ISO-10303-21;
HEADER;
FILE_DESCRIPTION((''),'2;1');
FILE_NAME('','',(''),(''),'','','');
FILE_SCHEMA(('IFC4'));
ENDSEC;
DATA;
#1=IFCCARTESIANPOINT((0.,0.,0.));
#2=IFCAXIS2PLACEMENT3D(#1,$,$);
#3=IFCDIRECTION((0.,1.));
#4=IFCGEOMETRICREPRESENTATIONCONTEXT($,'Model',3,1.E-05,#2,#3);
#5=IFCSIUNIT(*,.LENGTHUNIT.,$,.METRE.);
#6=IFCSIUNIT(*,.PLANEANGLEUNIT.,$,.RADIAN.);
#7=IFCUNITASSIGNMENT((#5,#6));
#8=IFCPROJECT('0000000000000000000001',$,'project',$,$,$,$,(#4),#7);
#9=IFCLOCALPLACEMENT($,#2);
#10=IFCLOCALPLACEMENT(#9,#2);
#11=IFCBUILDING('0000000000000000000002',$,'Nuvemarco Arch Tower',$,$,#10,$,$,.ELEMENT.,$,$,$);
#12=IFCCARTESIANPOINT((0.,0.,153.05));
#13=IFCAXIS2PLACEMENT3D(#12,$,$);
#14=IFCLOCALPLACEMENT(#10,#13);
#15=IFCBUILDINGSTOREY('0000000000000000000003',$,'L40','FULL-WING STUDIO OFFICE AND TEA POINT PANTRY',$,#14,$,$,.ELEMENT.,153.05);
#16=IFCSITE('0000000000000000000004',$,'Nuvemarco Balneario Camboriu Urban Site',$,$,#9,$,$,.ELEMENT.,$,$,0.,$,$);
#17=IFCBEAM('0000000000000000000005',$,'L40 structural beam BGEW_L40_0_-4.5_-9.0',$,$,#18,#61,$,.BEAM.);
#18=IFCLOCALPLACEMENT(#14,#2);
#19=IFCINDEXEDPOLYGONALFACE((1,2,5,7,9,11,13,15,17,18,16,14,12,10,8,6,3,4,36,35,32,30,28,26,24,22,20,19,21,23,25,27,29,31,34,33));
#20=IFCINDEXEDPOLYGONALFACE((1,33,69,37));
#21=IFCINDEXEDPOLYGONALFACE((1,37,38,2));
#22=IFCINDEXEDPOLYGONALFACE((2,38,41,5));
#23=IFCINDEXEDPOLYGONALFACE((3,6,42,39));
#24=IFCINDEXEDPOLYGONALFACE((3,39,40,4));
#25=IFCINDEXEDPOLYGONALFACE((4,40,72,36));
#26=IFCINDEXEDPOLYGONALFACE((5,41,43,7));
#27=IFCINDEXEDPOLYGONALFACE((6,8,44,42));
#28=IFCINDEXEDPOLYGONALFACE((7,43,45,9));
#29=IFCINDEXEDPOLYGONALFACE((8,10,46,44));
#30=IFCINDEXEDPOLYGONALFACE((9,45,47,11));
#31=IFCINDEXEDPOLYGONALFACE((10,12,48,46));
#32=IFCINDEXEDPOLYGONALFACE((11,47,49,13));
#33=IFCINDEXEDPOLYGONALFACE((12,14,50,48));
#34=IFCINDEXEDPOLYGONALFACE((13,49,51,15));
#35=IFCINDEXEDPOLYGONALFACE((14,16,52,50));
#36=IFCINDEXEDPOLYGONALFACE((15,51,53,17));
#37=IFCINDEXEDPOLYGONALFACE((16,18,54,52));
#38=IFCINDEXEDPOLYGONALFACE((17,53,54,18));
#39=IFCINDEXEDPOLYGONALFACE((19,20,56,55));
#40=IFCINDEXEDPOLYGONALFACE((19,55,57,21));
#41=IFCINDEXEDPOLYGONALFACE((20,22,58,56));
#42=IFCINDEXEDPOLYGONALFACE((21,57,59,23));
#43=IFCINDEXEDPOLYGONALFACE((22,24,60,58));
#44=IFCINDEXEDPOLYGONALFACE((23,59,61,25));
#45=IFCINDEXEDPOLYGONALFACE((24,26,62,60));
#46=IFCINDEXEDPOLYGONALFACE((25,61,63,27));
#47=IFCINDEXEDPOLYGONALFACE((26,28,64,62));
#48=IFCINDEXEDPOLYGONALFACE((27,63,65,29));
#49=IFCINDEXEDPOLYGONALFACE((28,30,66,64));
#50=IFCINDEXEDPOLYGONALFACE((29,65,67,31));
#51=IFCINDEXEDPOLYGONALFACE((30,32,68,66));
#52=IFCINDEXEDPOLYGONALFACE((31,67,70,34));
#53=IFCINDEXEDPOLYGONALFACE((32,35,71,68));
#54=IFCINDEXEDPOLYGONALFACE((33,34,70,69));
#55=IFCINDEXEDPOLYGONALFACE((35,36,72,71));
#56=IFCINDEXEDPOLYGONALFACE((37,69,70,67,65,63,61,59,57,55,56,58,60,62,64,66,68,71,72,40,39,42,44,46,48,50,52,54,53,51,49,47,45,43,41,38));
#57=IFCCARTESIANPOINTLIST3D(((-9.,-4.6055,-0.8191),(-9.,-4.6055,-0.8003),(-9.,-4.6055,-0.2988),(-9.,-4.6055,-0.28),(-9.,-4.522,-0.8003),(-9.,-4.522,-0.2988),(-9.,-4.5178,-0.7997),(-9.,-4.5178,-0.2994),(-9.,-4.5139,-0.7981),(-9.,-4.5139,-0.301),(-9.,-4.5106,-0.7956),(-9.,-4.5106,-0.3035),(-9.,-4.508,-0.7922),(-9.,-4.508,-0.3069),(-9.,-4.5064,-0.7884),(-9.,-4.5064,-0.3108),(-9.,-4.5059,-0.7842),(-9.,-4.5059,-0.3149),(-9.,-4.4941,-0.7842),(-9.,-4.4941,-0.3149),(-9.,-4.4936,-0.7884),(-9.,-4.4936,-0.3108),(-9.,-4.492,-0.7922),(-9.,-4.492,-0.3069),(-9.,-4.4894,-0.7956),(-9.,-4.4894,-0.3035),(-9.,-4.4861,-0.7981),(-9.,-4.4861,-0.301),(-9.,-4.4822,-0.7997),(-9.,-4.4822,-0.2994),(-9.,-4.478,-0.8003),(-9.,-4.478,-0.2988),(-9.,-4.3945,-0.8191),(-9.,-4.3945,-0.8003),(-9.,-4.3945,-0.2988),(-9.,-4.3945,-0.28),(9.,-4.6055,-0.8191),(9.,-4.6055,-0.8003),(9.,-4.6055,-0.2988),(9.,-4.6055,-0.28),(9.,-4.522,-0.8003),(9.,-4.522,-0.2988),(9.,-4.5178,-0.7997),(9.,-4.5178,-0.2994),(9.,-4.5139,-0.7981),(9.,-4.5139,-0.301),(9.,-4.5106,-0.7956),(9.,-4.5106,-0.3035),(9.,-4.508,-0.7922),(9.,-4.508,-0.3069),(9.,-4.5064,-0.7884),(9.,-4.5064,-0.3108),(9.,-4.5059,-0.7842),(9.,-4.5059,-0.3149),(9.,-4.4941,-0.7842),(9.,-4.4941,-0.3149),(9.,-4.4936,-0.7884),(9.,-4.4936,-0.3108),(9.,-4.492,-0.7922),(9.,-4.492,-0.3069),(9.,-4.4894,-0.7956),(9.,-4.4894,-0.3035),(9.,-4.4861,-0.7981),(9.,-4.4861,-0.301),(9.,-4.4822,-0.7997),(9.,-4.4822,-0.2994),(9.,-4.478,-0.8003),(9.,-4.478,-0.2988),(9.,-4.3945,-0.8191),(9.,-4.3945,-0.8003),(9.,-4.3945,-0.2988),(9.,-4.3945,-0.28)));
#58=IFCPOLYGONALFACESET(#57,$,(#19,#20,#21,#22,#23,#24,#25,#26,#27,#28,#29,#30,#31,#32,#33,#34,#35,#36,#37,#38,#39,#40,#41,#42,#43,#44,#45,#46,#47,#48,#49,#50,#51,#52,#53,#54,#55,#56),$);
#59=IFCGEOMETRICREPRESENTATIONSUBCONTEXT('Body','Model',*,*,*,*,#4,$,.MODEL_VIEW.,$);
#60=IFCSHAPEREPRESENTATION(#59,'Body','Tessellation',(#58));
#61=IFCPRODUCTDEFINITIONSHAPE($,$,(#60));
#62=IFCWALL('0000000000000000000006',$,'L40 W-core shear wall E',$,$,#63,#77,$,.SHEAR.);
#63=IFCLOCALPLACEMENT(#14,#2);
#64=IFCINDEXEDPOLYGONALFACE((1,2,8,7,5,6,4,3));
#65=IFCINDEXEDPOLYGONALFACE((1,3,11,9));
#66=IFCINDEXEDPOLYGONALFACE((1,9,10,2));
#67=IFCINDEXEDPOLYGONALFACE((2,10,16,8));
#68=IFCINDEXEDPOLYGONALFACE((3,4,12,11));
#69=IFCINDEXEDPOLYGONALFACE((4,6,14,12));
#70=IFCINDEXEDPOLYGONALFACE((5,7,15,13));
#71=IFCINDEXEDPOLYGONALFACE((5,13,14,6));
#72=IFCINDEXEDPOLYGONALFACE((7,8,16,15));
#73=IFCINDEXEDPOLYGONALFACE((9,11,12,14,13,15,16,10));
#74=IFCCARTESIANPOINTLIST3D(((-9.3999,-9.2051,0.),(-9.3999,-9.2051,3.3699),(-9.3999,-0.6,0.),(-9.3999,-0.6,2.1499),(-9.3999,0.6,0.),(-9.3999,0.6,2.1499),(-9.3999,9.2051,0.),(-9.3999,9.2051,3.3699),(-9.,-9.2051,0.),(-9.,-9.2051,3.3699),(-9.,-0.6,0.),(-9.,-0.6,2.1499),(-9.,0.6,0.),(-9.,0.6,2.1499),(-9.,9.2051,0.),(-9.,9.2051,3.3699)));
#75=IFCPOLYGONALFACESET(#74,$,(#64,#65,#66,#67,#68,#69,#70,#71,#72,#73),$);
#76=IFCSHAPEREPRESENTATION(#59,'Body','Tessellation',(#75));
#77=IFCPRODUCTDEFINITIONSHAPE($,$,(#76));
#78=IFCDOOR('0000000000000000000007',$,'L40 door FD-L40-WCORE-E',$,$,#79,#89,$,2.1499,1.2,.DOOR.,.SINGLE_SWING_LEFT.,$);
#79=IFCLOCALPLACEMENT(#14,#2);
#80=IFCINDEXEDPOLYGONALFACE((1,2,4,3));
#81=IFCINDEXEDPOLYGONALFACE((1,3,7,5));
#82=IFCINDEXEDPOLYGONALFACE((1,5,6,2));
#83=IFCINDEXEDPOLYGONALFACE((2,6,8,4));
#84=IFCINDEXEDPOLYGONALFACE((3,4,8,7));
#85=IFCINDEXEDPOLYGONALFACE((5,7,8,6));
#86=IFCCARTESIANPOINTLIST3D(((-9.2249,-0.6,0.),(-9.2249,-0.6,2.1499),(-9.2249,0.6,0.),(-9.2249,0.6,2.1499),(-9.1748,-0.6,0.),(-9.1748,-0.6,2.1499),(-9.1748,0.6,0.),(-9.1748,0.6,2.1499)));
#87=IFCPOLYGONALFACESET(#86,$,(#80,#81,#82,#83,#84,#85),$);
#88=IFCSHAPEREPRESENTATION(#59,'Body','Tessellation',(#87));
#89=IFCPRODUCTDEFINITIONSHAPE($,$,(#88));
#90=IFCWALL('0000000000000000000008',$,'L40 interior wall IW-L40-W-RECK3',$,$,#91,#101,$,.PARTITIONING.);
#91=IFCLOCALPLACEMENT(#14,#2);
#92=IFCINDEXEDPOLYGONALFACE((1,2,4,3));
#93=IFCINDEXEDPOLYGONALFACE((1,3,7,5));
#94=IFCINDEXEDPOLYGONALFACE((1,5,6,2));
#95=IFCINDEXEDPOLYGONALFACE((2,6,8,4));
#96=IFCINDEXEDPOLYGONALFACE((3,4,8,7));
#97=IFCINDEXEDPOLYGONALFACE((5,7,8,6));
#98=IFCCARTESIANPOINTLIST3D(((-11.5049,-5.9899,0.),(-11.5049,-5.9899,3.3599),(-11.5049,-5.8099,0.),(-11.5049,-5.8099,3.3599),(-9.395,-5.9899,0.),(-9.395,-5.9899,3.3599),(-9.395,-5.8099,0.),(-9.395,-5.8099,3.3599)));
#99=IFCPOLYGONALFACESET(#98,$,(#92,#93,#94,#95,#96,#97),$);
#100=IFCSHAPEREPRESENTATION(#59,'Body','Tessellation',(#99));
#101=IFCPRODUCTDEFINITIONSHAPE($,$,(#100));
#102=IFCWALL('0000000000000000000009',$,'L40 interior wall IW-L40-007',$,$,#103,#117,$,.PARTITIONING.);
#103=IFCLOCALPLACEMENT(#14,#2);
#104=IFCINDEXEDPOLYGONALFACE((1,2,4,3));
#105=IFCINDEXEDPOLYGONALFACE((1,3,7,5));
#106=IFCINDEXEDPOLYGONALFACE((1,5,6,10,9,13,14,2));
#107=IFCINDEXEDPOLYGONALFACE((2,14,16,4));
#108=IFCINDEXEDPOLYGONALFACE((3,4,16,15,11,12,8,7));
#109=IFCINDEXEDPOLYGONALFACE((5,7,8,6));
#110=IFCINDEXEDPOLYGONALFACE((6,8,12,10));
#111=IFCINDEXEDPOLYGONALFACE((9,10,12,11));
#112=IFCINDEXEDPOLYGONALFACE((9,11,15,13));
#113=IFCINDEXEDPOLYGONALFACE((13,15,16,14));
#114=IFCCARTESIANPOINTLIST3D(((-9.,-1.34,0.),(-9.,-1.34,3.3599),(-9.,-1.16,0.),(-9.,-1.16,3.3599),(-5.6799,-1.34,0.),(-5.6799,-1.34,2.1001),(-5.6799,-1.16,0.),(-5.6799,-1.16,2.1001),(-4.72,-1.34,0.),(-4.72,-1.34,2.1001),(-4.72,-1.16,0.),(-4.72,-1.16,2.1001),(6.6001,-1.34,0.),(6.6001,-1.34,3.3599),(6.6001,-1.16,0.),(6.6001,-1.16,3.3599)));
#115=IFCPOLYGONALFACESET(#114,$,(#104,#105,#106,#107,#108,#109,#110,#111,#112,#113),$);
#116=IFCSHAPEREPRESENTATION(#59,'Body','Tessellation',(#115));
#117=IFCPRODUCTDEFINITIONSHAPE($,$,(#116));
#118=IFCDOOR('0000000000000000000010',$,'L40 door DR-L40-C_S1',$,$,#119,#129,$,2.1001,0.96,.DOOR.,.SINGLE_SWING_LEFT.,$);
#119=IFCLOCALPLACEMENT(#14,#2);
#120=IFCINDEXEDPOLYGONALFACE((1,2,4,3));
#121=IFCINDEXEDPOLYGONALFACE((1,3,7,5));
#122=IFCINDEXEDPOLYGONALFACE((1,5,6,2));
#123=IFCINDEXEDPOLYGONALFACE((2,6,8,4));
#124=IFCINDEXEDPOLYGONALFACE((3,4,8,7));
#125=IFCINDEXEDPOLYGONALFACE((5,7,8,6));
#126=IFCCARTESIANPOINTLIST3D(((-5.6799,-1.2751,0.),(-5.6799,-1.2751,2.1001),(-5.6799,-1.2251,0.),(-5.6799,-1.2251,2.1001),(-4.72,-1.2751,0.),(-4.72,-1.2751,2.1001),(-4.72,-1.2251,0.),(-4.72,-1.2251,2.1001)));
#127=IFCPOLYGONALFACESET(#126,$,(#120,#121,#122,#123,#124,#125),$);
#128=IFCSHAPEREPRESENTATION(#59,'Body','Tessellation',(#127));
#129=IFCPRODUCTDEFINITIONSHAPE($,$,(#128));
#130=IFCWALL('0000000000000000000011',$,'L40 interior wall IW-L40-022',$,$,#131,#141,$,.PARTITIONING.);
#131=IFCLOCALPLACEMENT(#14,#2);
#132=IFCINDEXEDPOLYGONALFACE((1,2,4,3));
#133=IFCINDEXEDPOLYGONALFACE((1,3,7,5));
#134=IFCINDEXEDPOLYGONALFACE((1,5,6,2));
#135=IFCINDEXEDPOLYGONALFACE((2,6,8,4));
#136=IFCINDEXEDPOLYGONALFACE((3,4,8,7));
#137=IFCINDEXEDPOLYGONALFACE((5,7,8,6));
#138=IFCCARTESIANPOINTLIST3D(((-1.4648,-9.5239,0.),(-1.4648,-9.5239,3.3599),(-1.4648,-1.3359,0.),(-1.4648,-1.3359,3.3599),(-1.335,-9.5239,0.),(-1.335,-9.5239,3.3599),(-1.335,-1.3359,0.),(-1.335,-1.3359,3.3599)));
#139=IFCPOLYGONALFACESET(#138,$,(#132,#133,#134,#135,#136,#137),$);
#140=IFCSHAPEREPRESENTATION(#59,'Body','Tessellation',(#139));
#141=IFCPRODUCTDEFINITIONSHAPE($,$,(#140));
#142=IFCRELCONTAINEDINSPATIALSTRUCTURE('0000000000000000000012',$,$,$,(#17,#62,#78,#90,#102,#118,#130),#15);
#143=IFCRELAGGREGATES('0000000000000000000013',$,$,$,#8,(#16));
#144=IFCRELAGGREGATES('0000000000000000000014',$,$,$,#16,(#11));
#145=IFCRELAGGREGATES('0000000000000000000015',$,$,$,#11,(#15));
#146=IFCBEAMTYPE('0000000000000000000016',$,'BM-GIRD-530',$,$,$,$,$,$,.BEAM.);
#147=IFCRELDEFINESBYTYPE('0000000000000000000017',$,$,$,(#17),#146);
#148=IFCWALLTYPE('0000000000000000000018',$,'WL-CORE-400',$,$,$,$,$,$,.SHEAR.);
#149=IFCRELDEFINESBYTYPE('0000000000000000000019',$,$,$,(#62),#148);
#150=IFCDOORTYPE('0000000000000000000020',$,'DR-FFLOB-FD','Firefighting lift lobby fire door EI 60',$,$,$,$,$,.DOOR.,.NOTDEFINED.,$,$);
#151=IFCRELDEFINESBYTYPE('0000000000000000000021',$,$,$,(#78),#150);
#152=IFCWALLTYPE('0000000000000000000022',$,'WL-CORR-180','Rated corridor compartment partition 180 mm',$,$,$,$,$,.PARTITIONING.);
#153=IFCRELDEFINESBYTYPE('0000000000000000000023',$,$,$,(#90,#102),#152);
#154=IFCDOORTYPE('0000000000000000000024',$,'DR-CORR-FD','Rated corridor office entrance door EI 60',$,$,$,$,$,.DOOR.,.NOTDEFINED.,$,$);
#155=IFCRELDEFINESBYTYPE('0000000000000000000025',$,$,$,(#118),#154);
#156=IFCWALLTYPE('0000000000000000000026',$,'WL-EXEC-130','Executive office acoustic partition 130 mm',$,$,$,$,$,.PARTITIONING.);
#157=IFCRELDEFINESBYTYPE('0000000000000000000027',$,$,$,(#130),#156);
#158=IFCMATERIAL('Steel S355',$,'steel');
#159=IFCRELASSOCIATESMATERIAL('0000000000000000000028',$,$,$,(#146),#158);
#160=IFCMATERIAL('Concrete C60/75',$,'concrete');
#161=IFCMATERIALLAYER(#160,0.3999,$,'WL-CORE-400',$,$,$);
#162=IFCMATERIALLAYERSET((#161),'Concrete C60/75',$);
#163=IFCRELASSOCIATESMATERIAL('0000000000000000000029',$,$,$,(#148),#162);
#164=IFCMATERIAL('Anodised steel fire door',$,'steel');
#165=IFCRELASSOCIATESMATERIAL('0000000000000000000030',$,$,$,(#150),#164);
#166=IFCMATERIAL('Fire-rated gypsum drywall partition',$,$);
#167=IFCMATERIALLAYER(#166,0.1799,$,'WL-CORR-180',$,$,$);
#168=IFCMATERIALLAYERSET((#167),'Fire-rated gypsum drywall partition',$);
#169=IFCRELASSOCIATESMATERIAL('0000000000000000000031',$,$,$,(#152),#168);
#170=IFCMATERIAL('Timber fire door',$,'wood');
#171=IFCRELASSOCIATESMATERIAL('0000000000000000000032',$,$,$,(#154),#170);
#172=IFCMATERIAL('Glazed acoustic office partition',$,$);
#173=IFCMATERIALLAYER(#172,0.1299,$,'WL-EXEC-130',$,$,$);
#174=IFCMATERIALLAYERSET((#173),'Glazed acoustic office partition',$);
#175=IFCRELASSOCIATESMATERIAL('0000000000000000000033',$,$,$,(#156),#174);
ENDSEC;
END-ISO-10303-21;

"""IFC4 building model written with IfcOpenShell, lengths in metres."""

from ifc_helpers import new_model, si_unit, direction, frame, frame_2d, origin, origin_2d, place, context, subcontext, project, spatial, rectangle, i_section, extrude, source, transform, mapped, material, layer, layer_set, material_profile, profile_set, type_object, type_shapes, element, fill, save


model = new_model("IFC4")

# Units and contexts
model_context = context("Model", 3, precision=1e-05, world=origin(), true_north=direction((0.0, 1.0)))
body_context = subcontext(model_context, "Body", "Model", "MODEL_VIEW")
ifc_project = project(units=[si_unit("LENGTHUNIT", "METRE"), si_unit("PLANEANGLEUNIT", "RADIAN")], contexts=[model_context])

# Site, building, storey
site_placement = place(None, origin())
site = spatial("IfcSite", under=ifc_project, at=site_placement, Name="Nuvemarco Balneario Camboriu Urban Site", CompositionType="ELEMENT", RefElevation=0.0)
building_placement = place(site_placement, origin())
building = spatial("IfcBuilding", under=site, at=building_placement, Name="Nuvemarco Arch Tower", CompositionType="ELEMENT")
storey_placement = place(building_placement, frame((0.0, 0.0, 153.05)))
storey = spatial("IfcBuildingStorey", under=building, at=storey_placement, Name="L40", Description="FULL-WING STUDIO OFFICE AND TEA POINT PANTRY", CompositionType="ELEMENT", Elevation=153.05)

# Shared definitions
ifc_material_1 = material(Name="Steel S355", Category="steel")

# Beam
ifc_material_2 = material(Name="Concrete C60/75", Category="concrete")
ifc_material_profile_1 = material_profile(ifc_material_1, i_section(OverallWidth=0.2109, OverallDepth=0.5391, WebThickness=0.0117, FlangeThickness=0.0188, FilletRadius=0.0161, at=origin_2d()), Name="W530x109")
ifc_profile_set_1 = profile_set([ifc_material_profile_1], Name="Steel S355")
beam_type_1 = type_object("IfcBeamType", Name="BM-GIRD-530", PredefinedType="BEAM", material=ifc_profile_set_1)
beam_1_placement = place(storey_placement, frame((-9.0, -4.5, -0.5496), z_axis=(1.0, 0.0, 0.0), x_axis=(0.0, 1.0, 0.0)))
element("IfcBeam", 1, at=beam_1_placement, inside=storey, type_object=beam_type_1, Name="L40 structural beam BGEW_L40_0_-4.5_-9.0", PredefinedType="BEAM", context=body_context, shape_type="SweptSolid", body=[
    extrude(i_section(OverallWidth=0.2109, OverallDepth=0.5391, WebThickness=0.0117, FlangeThickness=0.0188, FilletRadius=0.0161, at=origin_2d()), origin(), (0.0, 0.0, 1.0), 18.0),
])

# Wall, opening, door
ifc_layer_1 = layer(ifc_material_2, 0.3999, Name="WL-CORE-400")
ifc_layer_set_1 = layer_set([ifc_layer_1], Name="Concrete C60/75")
wall_type_1 = type_object("IfcWallType", Name="WL-CORE-400", PredefinedType="SHEAR", material=ifc_layer_set_1)
wall_1_placement = place(storey_placement, frame((-9.2, -9.2051, 0.0), z_axis=(0.0, 0.0, 1.0), x_axis=(0.0, 1.0, 0.0)))
wall_1 = element("IfcWall", 2, at=wall_1_placement, inside=storey, type_object=wall_type_1, Name="L40 W-core shear wall E", PredefinedType="SHEAR", context=body_context, shape_type="SweptSolid", body=[
    extrude(rectangle(XDim=18.4102, YDim=0.3999, at=frame_2d((9.2051, 0.0))), origin(), (0.0, 0.0, 1.0), 3.3699),
])
opening_1_placement = place(wall_1_placement, frame((8.605, 0.0, 0.0)))
opening_1 = element("IfcOpeningElement", 3, at=opening_1_placement, cuts=wall_1, PredefinedType="OPENING", context=body_context, shape_type="SweptSolid", body=[
    extrude(rectangle(XDim=1.2, YDim=2.1499, at=frame_2d((0.6001, 1.075))), frame((0.0, 0.21, 0.0), z_axis=(0.0, -1.0, 0.0), x_axis=(1.0, 0.0, 0.0)), (0.0, 0.0, 1.0), 0.4199),
])
ifc_material_3 = material(Name="Anodised steel fire door", Category="steel")
door_type_1 = type_object("IfcDoorType", Name="DR-FFLOB-FD", Description="Firefighting lift lobby fire door EI 60", OperationType="NOTDEFINED", PredefinedType="DOOR", material=ifc_material_3)
shared_shape_1 = source(origin(), body_context, "Body", "SweptSolid", [
    extrude(rectangle(XDim=1.2, YDim=2.1499, at=frame_2d((0.6001, 1.075))), frame((0.0, 0.0249, 0.0), z_axis=(0.0, -1.0, 0.0), x_axis=(1.0, 0.0, 0.0)), (0.0, 0.0, 1.0), 0.05),
])
type_shapes(door_type_1, [shared_shape_1])
door_1_placement = place(opening_1_placement, origin())
door_1 = element("IfcDoor", 4, at=door_1_placement, inside=storey, type_object=door_type_1, Name="L40 door FD-L40-WCORE-E", OperationType="SINGLE_SWING_LEFT", OverallHeight=2.1499, OverallWidth=1.2, PredefinedType="DOOR", context=body_context, shape_type="MappedRepresentation", body=[
    mapped(shared_shape_1, transform((0.0, 0.0, 0.0), scale=1.0)),
])
fill(opening_1, door_1)

# Wall
ifc_material_4 = material(Name="Fire-rated gypsum drywall partition")
ifc_layer_2 = layer(ifc_material_4, 0.1799, Name="WL-CORR-180")
ifc_layer_set_2 = layer_set([ifc_layer_2], Name="Fire-rated gypsum drywall partition")
wall_type_2 = type_object("IfcWallType", Name="WL-CORR-180", Description="Rated corridor compartment partition 180 mm", PredefinedType="PARTITIONING", material=ifc_layer_set_2)
wall_2_placement = place(storey_placement, frame((-11.5049, -5.8999, 0.0), z_axis=(0.0, 0.0, 1.0), x_axis=(1.0, 0.0, 0.0)))
element("IfcWall", 5, at=wall_2_placement, inside=storey, type_object=wall_type_2, Name="L40 interior wall IW-L40-W-RECK3", PredefinedType="PARTITIONING", context=body_context, shape_type="SweptSolid", body=[
    extrude(rectangle(XDim=2.1099, YDim=0.1799, at=frame_2d((1.0549, 0.0))), origin(), (0.0, 0.0, 1.0), 3.3599),
])

# Wall, opening, door
wall_3_placement = place(storey_placement, frame((-9.0, -1.25, 0.0), z_axis=(0.0, 0.0, 1.0), x_axis=(1.0, 0.0, 0.0)))
wall_3 = element("IfcWall", 6, at=wall_3_placement, inside=storey, type_object=wall_type_2, Name="L40 interior wall IW-L40-007", PredefinedType="PARTITIONING", context=body_context, shape_type="SweptSolid", body=[
    extrude(rectangle(XDim=15.6001, YDim=0.1799, at=frame_2d((7.8, 0.0))), origin(), (0.0, 0.0, 1.0), 3.3599),
])
opening_2_placement = place(wall_3_placement, frame((3.3201, 0.0, 0.0)))
opening_2 = element("IfcOpeningElement", 7, at=opening_2_placement, cuts=wall_3, PredefinedType="OPENING", context=body_context, shape_type="SweptSolid", body=[
    extrude(rectangle(XDim=0.96, YDim=2.1001, at=frame_2d((0.48, 1.05))), frame((0.0, 0.0999, 0.0), z_axis=(0.0, -1.0, 0.0), x_axis=(1.0, 0.0, 0.0)), (0.0, 0.0, 1.0), 0.2),
])
ifc_material_5 = material(Name="Timber fire door", Category="wood")
door_type_2 = type_object("IfcDoorType", Name="DR-CORR-FD", Description="Rated corridor office entrance door EI 60", OperationType="NOTDEFINED", PredefinedType="DOOR", material=ifc_material_5)
shared_shape_2 = source(origin(), body_context, "Body", "SweptSolid", [
    extrude(rectangle(XDim=0.96, YDim=2.1001, at=frame_2d((0.48, 1.05))), frame((0.0, 0.0249, 0.0), z_axis=(0.0, -1.0, 0.0), x_axis=(1.0, 0.0, 0.0)), (0.0, 0.0, 1.0), 0.05),
])
type_shapes(door_type_2, [shared_shape_2])
door_2_placement = place(opening_2_placement, origin())
door_2 = element("IfcDoor", 8, at=door_2_placement, inside=storey, type_object=door_type_2, Name="L40 door DR-L40-C_S1", OperationType="SINGLE_SWING_LEFT", OverallHeight=2.1001, OverallWidth=0.96, PredefinedType="DOOR", context=body_context, shape_type="MappedRepresentation", body=[
    mapped(shared_shape_2, transform((0.0, 0.0, 0.0), scale=1.0)),
])
fill(opening_2, door_2)

# Wall
ifc_material_6 = material(Name="Glazed acoustic office partition")
ifc_layer_3 = layer(ifc_material_6, 0.1299, Name="WL-EXEC-130")
ifc_layer_set_3 = layer_set([ifc_layer_3], Name="Glazed acoustic office partition")
wall_type_3 = type_object("IfcWallType", Name="WL-EXEC-130", Description="Executive office acoustic partition 130 mm", PredefinedType="PARTITIONING", material=ifc_layer_set_3)
wall_4_placement = place(storey_placement, frame((-1.3999, -9.5239, 0.0), z_axis=(0.0, 0.0, 1.0), x_axis=(0.0, 1.0, 0.0)))
element("IfcWall", 9, at=wall_4_placement, inside=storey, type_object=wall_type_3, Name="L40 interior wall IW-L40-022", PredefinedType="PARTITIONING", context=body_context, shape_type="SweptSolid", body=[
    extrude(rectangle(XDim=8.188, YDim=0.1299, at=frame_2d((4.094, 0.0))), origin(), (0.0, 0.0, 1.0), 3.3599),
])

save(model, "model.ifc")
